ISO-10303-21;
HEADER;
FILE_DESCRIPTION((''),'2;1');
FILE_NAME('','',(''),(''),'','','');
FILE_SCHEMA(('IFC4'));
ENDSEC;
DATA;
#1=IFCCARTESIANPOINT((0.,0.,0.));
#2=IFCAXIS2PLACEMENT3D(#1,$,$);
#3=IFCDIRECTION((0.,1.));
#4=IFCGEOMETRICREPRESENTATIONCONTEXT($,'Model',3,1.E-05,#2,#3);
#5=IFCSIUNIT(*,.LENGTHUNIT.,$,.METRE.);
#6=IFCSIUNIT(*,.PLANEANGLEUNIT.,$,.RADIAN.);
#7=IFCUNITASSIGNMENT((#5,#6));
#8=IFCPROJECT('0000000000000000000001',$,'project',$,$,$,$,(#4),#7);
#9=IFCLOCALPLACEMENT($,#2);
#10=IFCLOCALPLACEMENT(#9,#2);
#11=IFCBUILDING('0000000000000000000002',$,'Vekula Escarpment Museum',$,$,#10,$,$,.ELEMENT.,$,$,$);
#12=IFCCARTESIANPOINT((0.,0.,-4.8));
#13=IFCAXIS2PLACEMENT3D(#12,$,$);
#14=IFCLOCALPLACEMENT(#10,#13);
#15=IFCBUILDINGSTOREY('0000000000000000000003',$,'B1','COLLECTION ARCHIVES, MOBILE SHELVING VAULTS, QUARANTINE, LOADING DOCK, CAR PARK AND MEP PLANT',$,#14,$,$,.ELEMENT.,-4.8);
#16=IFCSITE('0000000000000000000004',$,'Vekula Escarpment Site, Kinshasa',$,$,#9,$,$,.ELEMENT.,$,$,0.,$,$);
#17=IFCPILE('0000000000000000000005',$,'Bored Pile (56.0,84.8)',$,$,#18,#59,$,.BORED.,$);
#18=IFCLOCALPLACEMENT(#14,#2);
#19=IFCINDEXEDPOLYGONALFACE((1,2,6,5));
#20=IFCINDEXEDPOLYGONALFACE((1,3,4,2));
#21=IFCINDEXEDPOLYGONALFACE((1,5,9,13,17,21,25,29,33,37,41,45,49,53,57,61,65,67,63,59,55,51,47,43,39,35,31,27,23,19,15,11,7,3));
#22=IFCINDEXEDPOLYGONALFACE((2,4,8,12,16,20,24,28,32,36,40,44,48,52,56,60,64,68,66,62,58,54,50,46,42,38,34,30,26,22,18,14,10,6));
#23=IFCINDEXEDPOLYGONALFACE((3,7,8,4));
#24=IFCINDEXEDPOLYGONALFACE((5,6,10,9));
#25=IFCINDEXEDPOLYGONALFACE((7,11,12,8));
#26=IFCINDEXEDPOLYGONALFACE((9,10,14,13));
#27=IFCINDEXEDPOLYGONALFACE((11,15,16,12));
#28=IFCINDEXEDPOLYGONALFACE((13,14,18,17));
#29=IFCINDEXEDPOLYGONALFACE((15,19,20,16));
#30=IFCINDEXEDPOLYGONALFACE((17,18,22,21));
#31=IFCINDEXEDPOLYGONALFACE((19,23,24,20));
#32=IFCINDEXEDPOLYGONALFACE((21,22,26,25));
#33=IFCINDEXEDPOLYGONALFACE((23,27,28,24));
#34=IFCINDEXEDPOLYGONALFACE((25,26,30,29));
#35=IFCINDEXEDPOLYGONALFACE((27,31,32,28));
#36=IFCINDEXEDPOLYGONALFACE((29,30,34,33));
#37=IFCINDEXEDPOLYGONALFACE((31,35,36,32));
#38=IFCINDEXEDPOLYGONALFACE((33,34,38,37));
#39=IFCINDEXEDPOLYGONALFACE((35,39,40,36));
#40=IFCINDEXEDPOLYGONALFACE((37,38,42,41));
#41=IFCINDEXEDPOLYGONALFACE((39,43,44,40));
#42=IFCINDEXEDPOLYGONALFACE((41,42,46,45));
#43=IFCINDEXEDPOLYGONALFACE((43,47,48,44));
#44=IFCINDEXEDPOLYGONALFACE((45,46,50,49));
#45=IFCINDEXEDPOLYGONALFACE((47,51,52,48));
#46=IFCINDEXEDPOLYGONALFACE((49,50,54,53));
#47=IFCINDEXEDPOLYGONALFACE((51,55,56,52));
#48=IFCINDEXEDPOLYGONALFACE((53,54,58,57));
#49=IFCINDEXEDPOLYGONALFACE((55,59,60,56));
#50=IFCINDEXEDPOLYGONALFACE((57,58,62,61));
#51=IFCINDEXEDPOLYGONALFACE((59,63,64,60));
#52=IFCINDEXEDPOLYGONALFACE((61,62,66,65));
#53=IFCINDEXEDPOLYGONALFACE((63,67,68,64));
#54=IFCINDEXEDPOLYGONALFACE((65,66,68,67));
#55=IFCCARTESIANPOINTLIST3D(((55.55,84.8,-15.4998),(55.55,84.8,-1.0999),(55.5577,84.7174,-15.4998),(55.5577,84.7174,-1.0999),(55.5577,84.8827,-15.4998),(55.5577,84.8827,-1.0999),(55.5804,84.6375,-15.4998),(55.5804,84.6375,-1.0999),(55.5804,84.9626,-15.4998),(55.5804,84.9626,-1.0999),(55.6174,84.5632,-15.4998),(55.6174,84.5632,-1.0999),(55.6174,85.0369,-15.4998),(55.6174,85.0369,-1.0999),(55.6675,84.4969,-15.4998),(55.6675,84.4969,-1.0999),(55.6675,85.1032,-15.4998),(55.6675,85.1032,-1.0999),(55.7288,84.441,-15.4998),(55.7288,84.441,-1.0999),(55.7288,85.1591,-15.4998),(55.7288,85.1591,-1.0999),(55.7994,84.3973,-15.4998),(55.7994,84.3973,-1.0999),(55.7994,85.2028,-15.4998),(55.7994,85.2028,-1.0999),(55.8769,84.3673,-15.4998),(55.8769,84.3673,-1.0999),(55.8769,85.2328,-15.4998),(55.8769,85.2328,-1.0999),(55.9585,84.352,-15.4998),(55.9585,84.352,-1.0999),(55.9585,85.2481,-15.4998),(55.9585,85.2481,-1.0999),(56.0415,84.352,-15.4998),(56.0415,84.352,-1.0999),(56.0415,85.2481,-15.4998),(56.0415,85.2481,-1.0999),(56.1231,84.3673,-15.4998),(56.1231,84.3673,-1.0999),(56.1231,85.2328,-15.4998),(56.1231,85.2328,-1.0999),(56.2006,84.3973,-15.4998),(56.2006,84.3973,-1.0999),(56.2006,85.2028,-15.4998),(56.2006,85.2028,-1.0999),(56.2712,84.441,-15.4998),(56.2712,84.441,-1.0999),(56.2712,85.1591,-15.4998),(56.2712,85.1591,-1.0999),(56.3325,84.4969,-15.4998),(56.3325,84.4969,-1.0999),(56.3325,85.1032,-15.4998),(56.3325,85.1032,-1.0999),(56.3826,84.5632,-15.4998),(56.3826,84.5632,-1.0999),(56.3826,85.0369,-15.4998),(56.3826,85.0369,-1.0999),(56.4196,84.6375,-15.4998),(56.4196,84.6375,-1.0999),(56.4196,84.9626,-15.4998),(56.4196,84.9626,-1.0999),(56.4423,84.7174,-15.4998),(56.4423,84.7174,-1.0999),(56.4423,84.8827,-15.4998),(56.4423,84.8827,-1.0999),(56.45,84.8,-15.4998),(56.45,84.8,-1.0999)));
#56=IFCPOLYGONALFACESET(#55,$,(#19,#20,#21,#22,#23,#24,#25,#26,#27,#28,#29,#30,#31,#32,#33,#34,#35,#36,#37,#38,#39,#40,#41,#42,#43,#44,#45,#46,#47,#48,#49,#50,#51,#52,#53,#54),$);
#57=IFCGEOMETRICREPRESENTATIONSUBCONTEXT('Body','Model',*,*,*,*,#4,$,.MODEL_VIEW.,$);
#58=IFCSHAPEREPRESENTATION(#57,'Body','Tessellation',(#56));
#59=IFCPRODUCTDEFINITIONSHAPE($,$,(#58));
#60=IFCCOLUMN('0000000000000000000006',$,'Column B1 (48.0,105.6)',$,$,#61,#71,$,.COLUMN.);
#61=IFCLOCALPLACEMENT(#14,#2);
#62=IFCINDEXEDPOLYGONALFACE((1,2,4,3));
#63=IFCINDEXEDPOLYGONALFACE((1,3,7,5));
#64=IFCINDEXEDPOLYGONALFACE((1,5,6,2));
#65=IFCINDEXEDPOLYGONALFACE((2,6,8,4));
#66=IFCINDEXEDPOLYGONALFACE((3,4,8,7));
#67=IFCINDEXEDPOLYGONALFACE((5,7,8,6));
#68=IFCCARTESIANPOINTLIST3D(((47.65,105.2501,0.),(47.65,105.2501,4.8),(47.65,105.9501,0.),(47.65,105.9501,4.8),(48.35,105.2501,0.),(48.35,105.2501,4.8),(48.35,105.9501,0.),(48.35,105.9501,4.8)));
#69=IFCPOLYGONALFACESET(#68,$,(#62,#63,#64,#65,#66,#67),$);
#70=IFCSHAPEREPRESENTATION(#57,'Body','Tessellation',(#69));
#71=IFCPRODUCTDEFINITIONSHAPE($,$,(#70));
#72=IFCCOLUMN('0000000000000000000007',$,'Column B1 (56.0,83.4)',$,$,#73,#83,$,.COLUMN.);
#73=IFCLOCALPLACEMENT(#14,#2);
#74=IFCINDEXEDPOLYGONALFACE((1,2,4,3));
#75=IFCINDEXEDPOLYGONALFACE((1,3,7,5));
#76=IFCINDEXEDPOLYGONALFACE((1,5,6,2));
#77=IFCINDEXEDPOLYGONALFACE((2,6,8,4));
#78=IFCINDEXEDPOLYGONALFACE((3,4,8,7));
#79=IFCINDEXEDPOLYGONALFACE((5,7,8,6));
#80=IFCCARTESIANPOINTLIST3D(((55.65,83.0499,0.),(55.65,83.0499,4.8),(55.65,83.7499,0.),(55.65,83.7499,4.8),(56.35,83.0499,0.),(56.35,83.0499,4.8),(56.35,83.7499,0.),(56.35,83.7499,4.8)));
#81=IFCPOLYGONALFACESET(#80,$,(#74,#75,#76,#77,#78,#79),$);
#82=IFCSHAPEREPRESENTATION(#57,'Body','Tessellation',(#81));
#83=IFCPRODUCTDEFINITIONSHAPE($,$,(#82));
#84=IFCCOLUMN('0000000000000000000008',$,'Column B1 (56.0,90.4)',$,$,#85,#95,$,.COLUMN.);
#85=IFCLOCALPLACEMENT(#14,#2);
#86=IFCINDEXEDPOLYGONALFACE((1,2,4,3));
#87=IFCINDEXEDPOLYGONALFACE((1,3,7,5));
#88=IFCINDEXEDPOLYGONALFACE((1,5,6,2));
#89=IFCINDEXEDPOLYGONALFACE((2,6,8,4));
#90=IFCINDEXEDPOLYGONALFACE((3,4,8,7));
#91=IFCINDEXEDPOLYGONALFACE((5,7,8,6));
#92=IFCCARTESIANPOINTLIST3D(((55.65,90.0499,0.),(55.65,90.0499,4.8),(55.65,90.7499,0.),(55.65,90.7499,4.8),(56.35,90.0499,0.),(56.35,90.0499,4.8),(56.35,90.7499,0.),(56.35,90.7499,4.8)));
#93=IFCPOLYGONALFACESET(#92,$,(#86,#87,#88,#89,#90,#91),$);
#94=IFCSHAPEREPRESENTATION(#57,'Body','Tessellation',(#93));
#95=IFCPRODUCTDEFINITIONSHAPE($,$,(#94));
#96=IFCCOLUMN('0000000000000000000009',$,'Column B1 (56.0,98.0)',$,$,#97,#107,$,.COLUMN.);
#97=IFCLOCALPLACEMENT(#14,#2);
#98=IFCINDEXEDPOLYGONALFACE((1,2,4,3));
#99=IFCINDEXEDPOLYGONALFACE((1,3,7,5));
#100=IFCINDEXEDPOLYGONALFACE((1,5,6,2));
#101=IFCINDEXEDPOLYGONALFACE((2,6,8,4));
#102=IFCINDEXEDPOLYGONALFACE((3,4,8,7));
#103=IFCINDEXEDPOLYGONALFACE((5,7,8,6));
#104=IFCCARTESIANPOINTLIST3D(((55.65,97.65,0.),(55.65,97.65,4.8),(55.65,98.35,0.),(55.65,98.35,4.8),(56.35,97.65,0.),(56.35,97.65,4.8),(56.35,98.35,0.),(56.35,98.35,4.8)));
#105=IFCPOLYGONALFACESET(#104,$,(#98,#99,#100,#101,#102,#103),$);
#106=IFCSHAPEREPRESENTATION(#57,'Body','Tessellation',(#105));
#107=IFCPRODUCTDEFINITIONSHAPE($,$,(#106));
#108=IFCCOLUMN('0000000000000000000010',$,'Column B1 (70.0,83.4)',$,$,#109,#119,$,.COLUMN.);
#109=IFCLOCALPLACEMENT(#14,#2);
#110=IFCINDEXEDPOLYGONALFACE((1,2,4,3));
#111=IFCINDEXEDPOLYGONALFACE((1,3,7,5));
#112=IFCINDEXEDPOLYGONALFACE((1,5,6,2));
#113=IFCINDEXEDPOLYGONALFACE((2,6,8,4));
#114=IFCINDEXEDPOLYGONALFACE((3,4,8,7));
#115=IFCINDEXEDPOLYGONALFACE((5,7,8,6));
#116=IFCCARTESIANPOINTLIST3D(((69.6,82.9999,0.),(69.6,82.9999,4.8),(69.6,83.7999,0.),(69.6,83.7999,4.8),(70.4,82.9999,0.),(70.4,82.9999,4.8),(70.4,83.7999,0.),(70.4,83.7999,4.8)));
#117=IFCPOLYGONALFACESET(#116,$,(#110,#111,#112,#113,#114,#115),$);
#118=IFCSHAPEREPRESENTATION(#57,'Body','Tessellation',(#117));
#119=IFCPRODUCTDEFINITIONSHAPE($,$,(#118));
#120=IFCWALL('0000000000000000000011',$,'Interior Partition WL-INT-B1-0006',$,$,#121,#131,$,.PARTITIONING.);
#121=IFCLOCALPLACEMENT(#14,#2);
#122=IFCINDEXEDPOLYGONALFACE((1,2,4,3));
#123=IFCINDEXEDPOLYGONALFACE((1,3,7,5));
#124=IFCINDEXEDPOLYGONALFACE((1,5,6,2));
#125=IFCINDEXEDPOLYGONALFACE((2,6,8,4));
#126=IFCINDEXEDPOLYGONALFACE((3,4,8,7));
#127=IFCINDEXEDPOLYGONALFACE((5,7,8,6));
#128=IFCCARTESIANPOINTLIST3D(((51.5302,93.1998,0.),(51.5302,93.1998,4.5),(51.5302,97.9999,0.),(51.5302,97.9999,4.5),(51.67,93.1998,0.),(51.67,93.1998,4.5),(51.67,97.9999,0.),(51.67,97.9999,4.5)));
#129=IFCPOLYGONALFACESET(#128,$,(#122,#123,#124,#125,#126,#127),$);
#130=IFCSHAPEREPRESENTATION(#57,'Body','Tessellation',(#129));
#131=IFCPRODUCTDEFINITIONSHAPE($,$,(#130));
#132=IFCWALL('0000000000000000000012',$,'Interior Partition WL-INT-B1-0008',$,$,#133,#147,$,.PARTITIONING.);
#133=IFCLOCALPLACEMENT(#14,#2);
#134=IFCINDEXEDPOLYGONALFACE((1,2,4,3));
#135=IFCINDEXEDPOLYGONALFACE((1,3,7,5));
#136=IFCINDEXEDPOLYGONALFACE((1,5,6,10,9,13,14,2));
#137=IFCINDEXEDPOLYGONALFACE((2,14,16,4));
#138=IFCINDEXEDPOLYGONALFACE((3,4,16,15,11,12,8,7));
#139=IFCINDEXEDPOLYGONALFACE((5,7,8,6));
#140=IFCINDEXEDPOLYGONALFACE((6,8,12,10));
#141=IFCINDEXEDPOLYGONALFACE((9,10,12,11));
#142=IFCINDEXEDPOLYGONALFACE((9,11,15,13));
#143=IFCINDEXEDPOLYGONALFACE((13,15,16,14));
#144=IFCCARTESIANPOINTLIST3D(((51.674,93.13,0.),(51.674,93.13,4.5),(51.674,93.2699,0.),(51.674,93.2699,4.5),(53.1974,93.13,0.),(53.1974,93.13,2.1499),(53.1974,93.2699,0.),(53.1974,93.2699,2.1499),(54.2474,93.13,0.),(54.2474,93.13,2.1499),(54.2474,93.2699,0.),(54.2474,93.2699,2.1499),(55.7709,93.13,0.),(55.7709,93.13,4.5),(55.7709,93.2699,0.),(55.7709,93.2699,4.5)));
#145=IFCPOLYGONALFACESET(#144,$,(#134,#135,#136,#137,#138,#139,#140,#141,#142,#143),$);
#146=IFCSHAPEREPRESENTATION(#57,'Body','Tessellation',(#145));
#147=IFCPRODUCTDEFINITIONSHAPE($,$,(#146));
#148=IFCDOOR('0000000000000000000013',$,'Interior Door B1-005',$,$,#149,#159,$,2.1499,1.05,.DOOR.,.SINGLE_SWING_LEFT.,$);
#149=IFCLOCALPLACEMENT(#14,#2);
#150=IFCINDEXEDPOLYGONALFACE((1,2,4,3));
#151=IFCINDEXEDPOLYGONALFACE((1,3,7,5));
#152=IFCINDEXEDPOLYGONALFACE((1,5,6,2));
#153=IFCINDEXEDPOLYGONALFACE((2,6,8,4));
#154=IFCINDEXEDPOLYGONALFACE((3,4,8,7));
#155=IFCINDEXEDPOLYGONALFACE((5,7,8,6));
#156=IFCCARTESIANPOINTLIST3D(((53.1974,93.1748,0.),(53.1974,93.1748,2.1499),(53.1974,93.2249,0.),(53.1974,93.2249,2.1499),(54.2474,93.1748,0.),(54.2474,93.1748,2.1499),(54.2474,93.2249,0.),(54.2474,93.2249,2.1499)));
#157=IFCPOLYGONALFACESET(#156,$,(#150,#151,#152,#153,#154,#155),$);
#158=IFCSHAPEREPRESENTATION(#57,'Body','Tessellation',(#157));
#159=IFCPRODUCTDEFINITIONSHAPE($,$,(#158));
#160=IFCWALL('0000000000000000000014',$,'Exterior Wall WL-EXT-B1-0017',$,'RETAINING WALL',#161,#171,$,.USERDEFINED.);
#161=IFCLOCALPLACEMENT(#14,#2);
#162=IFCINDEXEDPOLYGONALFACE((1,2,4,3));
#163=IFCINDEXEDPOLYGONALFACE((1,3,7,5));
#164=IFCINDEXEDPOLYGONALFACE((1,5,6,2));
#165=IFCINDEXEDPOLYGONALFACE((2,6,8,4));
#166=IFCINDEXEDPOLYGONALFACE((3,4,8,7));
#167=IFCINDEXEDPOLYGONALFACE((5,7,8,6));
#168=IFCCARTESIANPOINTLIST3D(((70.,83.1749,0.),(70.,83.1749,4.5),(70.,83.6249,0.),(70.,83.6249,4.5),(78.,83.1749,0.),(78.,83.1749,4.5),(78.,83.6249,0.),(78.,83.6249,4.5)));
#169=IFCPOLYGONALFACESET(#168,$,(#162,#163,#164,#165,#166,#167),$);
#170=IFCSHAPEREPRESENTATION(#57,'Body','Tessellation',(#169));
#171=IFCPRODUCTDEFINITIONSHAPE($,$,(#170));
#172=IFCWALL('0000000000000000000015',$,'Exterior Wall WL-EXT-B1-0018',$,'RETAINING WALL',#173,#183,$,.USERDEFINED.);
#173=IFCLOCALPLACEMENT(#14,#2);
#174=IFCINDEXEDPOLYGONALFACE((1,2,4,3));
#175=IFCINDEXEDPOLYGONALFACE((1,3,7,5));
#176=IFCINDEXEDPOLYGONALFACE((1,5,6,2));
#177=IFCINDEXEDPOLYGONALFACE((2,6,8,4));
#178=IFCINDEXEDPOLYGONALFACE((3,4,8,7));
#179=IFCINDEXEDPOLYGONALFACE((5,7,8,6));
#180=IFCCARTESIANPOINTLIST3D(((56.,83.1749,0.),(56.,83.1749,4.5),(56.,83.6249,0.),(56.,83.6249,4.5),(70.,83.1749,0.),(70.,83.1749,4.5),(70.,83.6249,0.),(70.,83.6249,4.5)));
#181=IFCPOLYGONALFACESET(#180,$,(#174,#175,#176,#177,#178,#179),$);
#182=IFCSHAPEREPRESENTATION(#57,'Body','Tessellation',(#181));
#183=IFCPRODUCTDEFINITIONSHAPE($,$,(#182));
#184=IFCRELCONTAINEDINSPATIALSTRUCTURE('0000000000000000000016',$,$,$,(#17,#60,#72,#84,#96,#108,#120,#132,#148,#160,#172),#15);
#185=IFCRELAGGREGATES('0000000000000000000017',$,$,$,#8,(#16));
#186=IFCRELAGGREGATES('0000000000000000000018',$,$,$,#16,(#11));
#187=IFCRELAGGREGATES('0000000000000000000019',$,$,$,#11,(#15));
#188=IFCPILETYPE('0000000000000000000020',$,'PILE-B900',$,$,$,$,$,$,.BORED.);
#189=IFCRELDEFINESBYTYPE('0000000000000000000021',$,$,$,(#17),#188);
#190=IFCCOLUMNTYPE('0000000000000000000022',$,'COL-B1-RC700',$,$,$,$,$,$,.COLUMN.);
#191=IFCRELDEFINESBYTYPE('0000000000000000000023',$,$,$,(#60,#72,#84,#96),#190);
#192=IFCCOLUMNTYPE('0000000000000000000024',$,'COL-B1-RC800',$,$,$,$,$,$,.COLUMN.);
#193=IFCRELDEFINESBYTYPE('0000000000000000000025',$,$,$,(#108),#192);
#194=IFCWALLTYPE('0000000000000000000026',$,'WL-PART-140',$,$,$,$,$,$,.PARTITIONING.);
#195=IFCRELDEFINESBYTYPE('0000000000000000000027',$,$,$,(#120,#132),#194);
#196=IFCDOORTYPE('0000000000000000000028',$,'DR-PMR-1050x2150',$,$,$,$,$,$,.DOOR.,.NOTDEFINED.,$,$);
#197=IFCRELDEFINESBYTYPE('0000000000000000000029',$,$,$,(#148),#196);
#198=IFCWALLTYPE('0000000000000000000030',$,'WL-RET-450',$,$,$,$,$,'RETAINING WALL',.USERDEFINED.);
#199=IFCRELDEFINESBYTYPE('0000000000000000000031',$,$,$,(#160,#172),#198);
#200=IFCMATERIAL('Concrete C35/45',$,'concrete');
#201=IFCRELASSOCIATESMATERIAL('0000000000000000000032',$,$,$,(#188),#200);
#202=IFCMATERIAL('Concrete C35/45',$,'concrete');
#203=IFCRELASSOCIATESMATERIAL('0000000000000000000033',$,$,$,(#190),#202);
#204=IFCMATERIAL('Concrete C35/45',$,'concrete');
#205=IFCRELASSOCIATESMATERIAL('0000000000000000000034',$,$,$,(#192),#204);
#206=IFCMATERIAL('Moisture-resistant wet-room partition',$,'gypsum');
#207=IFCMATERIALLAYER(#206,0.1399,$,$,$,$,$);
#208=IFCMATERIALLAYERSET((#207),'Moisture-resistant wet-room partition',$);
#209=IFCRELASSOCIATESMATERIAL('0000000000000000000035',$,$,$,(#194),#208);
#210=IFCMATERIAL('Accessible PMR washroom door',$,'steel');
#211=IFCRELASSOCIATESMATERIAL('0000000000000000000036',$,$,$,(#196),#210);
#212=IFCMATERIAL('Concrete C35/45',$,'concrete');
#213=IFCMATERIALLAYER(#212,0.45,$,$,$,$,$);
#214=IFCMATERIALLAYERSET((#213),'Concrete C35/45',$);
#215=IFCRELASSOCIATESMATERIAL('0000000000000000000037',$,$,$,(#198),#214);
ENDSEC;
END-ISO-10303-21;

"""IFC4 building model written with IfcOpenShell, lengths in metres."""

from ifc_helpers import new_model, si_unit, direction, frame, frame_2d, origin, origin_2d, place, context, subcontext, project, spatial, rectangle, circle, extrude, material, layer, layer_set, material_profile, profile_set, type_object, element, fill, save


model = new_model("IFC4")

# Units and contexts
model_context = context("Model", 3, precision=1e-05, world=origin(), true_north=direction((0.0, 1.0)))
body_context = subcontext(model_context, "Body", "Model", "MODEL_VIEW")
ifc_project = project(units=[si_unit("LENGTHUNIT", "METRE"), si_unit("PLANEANGLEUNIT", "RADIAN")], contexts=[model_context])

# Site, building, storey
site_placement = place(None, origin())
site = spatial("IfcSite", under=ifc_project, at=site_placement, Name="Vekula Escarpment Site, Kinshasa", CompositionType="ELEMENT", RefElevation=0.0)
building_placement = place(site_placement, origin())
building = spatial("IfcBuilding", under=site, at=building_placement, Name="Vekula Escarpment Museum", CompositionType="ELEMENT")
storey_placement = place(building_placement, frame((0.0, 0.0, -4.8)))
storey = spatial("IfcBuildingStorey", under=building, at=storey_placement, Name="B1", Description="COLLECTION ARCHIVES, MOBILE SHELVING VAULTS, QUARANTINE, LOADING DOCK, CAR PARK AND MEP PLANT", CompositionType="ELEMENT", Elevation=-4.8)

# Pile
ifc_material_1 = material(Name="Concrete C35/45", Category="concrete")
ifc_material_profile_1 = material_profile(ifc_material_1, circle(Radius=0.45, at=origin_2d()), Name="BORED PILE 900")
ifc_profile_set_1 = profile_set([ifc_material_profile_1], Name="Concrete C35/45")
pile_type_1 = type_object("IfcPileType", Name="PILE-B900", PredefinedType="BORED", material=ifc_profile_set_1)
pile_1_placement = place(storey_placement, frame((56.0, 84.8, -1.0999), z_axis=(0.0, 0.0, -1.0), x_axis=(1.0, 0.0, 0.0)))
element("IfcPile", 1, at=pile_1_placement, inside=storey, type_object=pile_type_1, Name="Bored Pile (56.0,84.8)", PredefinedType="BORED", context=body_context, shape_type="SweptSolid", body=[
    extrude(circle(Radius=0.45, at=origin_2d()), origin(), (0.0, 0.0, 1.0), 14.3999),
])

# Columns
ifc_material_2 = material(Name="Concrete C35/45", Category="concrete")
ifc_material_profile_2 = material_profile(ifc_material_2, rectangle(XDim=0.7, YDim=0.7, at=origin_2d()), Name="RC 700x700")
ifc_profile_set_2 = profile_set([ifc_material_profile_2], Name="Concrete C35/45")
column_type_1 = type_object("IfcColumnType", Name="COL-B1-RC700", PredefinedType="COLUMN", material=ifc_profile_set_2)
for number, where, z_axis, x_axis, name in (
    (2, (48.0, 105.6001, 0.0), (0.0, 0.0, 1.0), (1.0, 0.0, 0.0), "Column B1 (48.0,105.6)"),
    (3, (56.0, 83.3999, 0.0), (0.0, 0.0, 1.0), (1.0, 0.0, 0.0), "Column B1 (56.0,83.4)"),
    (4, (56.0, 90.3999, 0.0), (0.0, 0.0, 1.0), (1.0, 0.0, 0.0), "Column B1 (56.0,90.4)"),
    (5, (56.0, 98.0, 0.0), (0.0, 0.0, 1.0), (1.0, 0.0, 0.0), "Column B1 (56.0,98.0)"),
):
    element("IfcColumn", number, at=place(storey_placement, frame(where, z_axis=z_axis, x_axis=x_axis)), inside=storey, type_object=column_type_1, Name=name, PredefinedType="COLUMN", context=body_context, shape_type="SweptSolid", body=[
        extrude(rectangle(XDim=0.7, YDim=0.7, at=origin_2d()), origin(), (0.0, 0.0, 1.0), 4.8),
    ])
ifc_material_3 = material(Name="Concrete C35/45", Category="concrete")
ifc_material_profile_3 = material_profile(ifc_material_3, rectangle(XDim=0.8, YDim=0.8, at=origin_2d()), Name="RC 800x800")
ifc_profile_set_3 = profile_set([ifc_material_profile_3], Name="Concrete C35/45")
column_type_2 = type_object("IfcColumnType", Name="COL-B1-RC800", PredefinedType="COLUMN", material=ifc_profile_set_3)
column_placement = place(storey_placement, frame((70.0, 83.3999, 0.0), z_axis=(0.0, 0.0, 1.0), x_axis=(1.0, 0.0, 0.0)))
element("IfcColumn", 6, at=column_placement, inside=storey, type_object=column_type_2, Name="Column B1 (70.0,83.4)", PredefinedType="COLUMN", context=body_context, shape_type="SweptSolid", body=[
    extrude(rectangle(XDim=0.8, YDim=0.8, at=origin_2d()), origin(), (0.0, 0.0, 1.0), 4.8),
])

# Wall
ifc_material_4 = material(Name="Moisture-resistant wet-room partition", Category="gypsum")
ifc_layer_1 = layer(ifc_material_4, 0.1399)
ifc_layer_set_1 = layer_set([ifc_layer_1], Name="Moisture-resistant wet-room partition")
wall_type_1 = type_object("IfcWallType", Name="WL-PART-140", PredefinedType="PARTITIONING", material=ifc_layer_set_1)
wall_1_placement = place(storey_placement, frame((51.6001, 93.2, 0.0), z_axis=(0.0, 0.0, 1.0), x_axis=(0.0, 1.0, 0.0)))
element("IfcWall", 7, at=wall_1_placement, inside=storey, type_object=wall_type_1, Name="Interior Partition WL-INT-B1-0006", PredefinedType="PARTITIONING", context=body_context, shape_type="SweptSolid", body=[
    extrude(rectangle(XDim=4.8, YDim=0.1399, at=frame_2d((2.3999, 0.0))), origin(), (0.0, 0.0, 1.0), 4.5),
])

# Wall, opening, door
wall_2_placement = place(storey_placement, frame((51.6741, 93.2, 0.0), z_axis=(0.0, 0.0, 1.0), x_axis=(1.0, 0.0, 0.0)))
wall_2 = element("IfcWall", 8, at=wall_2_placement, inside=storey, type_object=wall_type_1, Name="Interior Partition WL-INT-B1-0008", PredefinedType="PARTITIONING", context=body_context, shape_type="SweptSolid", body=[
    extrude(rectangle(XDim=4.0969, YDim=0.1399, at=frame_2d((2.0483, 0.0))), origin(), (0.0, 0.0, 1.0), 4.5),
])
opening_placement = place(wall_2_placement, frame((1.5234, 0.0, 0.0)))
opening = element("IfcOpeningElement", 9, at=opening_placement, cuts=wall_2, PredefinedType="OPENING", context=body_context, shape_type="SweptSolid", body=[
    extrude(rectangle(XDim=1.05, YDim=2.1499, at=frame_2d((0.5249, 1.075))), frame((0.0, 0.0798, 0.0), z_axis=(0.0, -1.0, 0.0), x_axis=(1.0, 0.0, 0.0)), (0.0, 0.0, 1.0), 0.1599),
])
ifc_material_5 = material(Name="Accessible PMR washroom door", Category="steel")
door_type = type_object("IfcDoorType", Name="DR-PMR-1050x2150", OperationType="NOTDEFINED", PredefinedType="DOOR", material=ifc_material_5)
door_placement = place(opening_placement, origin())
door = element("IfcDoor", 10, at=door_placement, inside=storey, type_object=door_type, Name="Interior Door B1-005", OperationType="SINGLE_SWING_LEFT", OverallHeight=2.1499, OverallWidth=1.05, PredefinedType="DOOR", context=body_context, shape_type="SweptSolid", body=[
    extrude(rectangle(XDim=1.05, YDim=2.1499, at=frame_2d((0.5249, 1.075))), frame((0.0, 0.0249, 0.0), z_axis=(0.0, -1.0, 0.0), x_axis=(1.0, 0.0, 0.0)), (0.0, 0.0, 1.0), 0.05),
])
fill(opening, door)

# Walls
ifc_material_6 = material(Name="Concrete C35/45", Category="concrete")
ifc_layer_2 = layer(ifc_material_6, 0.45)
ifc_layer_set_2 = layer_set([ifc_layer_2], Name="Concrete C35/45")
wall_type_2 = type_object("IfcWallType", Name="WL-RET-450", ElementType="RETAINING WALL", PredefinedType="USERDEFINED", material=ifc_layer_set_2)
wall_3_placement = place(storey_placement, frame((70.0, 83.3999, 0.0), z_axis=(0.0, 0.0, 1.0), x_axis=(1.0, 0.0, 0.0)))
element("IfcWall", 11, at=wall_3_placement, inside=storey, type_object=wall_type_2, Name="Exterior Wall WL-EXT-B1-0017", ObjectType="RETAINING WALL", PredefinedType="USERDEFINED", context=body_context, shape_type="SweptSolid", body=[
    extrude(rectangle(XDim=8.0, YDim=0.45, at=frame_2d((4.0, 0.0))), origin(), (0.0, 0.0, 1.0), 4.5),
])
wall_4_placement = place(storey_placement, frame((56.0, 83.3999, 0.0), z_axis=(0.0, 0.0, 1.0), x_axis=(1.0, 0.0, 0.0)))
element("IfcWall", 12, at=wall_4_placement, inside=storey, type_object=wall_type_2, Name="Exterior Wall WL-EXT-B1-0018", ObjectType="RETAINING WALL", PredefinedType="USERDEFINED", context=body_context, shape_type="SweptSolid", body=[
    extrude(rectangle(XDim=14.0, YDim=0.45, at=frame_2d((7.0, 0.0))), origin(), (0.0, 0.0, 1.0), 4.5),
])

save(model, "model.ifc")
